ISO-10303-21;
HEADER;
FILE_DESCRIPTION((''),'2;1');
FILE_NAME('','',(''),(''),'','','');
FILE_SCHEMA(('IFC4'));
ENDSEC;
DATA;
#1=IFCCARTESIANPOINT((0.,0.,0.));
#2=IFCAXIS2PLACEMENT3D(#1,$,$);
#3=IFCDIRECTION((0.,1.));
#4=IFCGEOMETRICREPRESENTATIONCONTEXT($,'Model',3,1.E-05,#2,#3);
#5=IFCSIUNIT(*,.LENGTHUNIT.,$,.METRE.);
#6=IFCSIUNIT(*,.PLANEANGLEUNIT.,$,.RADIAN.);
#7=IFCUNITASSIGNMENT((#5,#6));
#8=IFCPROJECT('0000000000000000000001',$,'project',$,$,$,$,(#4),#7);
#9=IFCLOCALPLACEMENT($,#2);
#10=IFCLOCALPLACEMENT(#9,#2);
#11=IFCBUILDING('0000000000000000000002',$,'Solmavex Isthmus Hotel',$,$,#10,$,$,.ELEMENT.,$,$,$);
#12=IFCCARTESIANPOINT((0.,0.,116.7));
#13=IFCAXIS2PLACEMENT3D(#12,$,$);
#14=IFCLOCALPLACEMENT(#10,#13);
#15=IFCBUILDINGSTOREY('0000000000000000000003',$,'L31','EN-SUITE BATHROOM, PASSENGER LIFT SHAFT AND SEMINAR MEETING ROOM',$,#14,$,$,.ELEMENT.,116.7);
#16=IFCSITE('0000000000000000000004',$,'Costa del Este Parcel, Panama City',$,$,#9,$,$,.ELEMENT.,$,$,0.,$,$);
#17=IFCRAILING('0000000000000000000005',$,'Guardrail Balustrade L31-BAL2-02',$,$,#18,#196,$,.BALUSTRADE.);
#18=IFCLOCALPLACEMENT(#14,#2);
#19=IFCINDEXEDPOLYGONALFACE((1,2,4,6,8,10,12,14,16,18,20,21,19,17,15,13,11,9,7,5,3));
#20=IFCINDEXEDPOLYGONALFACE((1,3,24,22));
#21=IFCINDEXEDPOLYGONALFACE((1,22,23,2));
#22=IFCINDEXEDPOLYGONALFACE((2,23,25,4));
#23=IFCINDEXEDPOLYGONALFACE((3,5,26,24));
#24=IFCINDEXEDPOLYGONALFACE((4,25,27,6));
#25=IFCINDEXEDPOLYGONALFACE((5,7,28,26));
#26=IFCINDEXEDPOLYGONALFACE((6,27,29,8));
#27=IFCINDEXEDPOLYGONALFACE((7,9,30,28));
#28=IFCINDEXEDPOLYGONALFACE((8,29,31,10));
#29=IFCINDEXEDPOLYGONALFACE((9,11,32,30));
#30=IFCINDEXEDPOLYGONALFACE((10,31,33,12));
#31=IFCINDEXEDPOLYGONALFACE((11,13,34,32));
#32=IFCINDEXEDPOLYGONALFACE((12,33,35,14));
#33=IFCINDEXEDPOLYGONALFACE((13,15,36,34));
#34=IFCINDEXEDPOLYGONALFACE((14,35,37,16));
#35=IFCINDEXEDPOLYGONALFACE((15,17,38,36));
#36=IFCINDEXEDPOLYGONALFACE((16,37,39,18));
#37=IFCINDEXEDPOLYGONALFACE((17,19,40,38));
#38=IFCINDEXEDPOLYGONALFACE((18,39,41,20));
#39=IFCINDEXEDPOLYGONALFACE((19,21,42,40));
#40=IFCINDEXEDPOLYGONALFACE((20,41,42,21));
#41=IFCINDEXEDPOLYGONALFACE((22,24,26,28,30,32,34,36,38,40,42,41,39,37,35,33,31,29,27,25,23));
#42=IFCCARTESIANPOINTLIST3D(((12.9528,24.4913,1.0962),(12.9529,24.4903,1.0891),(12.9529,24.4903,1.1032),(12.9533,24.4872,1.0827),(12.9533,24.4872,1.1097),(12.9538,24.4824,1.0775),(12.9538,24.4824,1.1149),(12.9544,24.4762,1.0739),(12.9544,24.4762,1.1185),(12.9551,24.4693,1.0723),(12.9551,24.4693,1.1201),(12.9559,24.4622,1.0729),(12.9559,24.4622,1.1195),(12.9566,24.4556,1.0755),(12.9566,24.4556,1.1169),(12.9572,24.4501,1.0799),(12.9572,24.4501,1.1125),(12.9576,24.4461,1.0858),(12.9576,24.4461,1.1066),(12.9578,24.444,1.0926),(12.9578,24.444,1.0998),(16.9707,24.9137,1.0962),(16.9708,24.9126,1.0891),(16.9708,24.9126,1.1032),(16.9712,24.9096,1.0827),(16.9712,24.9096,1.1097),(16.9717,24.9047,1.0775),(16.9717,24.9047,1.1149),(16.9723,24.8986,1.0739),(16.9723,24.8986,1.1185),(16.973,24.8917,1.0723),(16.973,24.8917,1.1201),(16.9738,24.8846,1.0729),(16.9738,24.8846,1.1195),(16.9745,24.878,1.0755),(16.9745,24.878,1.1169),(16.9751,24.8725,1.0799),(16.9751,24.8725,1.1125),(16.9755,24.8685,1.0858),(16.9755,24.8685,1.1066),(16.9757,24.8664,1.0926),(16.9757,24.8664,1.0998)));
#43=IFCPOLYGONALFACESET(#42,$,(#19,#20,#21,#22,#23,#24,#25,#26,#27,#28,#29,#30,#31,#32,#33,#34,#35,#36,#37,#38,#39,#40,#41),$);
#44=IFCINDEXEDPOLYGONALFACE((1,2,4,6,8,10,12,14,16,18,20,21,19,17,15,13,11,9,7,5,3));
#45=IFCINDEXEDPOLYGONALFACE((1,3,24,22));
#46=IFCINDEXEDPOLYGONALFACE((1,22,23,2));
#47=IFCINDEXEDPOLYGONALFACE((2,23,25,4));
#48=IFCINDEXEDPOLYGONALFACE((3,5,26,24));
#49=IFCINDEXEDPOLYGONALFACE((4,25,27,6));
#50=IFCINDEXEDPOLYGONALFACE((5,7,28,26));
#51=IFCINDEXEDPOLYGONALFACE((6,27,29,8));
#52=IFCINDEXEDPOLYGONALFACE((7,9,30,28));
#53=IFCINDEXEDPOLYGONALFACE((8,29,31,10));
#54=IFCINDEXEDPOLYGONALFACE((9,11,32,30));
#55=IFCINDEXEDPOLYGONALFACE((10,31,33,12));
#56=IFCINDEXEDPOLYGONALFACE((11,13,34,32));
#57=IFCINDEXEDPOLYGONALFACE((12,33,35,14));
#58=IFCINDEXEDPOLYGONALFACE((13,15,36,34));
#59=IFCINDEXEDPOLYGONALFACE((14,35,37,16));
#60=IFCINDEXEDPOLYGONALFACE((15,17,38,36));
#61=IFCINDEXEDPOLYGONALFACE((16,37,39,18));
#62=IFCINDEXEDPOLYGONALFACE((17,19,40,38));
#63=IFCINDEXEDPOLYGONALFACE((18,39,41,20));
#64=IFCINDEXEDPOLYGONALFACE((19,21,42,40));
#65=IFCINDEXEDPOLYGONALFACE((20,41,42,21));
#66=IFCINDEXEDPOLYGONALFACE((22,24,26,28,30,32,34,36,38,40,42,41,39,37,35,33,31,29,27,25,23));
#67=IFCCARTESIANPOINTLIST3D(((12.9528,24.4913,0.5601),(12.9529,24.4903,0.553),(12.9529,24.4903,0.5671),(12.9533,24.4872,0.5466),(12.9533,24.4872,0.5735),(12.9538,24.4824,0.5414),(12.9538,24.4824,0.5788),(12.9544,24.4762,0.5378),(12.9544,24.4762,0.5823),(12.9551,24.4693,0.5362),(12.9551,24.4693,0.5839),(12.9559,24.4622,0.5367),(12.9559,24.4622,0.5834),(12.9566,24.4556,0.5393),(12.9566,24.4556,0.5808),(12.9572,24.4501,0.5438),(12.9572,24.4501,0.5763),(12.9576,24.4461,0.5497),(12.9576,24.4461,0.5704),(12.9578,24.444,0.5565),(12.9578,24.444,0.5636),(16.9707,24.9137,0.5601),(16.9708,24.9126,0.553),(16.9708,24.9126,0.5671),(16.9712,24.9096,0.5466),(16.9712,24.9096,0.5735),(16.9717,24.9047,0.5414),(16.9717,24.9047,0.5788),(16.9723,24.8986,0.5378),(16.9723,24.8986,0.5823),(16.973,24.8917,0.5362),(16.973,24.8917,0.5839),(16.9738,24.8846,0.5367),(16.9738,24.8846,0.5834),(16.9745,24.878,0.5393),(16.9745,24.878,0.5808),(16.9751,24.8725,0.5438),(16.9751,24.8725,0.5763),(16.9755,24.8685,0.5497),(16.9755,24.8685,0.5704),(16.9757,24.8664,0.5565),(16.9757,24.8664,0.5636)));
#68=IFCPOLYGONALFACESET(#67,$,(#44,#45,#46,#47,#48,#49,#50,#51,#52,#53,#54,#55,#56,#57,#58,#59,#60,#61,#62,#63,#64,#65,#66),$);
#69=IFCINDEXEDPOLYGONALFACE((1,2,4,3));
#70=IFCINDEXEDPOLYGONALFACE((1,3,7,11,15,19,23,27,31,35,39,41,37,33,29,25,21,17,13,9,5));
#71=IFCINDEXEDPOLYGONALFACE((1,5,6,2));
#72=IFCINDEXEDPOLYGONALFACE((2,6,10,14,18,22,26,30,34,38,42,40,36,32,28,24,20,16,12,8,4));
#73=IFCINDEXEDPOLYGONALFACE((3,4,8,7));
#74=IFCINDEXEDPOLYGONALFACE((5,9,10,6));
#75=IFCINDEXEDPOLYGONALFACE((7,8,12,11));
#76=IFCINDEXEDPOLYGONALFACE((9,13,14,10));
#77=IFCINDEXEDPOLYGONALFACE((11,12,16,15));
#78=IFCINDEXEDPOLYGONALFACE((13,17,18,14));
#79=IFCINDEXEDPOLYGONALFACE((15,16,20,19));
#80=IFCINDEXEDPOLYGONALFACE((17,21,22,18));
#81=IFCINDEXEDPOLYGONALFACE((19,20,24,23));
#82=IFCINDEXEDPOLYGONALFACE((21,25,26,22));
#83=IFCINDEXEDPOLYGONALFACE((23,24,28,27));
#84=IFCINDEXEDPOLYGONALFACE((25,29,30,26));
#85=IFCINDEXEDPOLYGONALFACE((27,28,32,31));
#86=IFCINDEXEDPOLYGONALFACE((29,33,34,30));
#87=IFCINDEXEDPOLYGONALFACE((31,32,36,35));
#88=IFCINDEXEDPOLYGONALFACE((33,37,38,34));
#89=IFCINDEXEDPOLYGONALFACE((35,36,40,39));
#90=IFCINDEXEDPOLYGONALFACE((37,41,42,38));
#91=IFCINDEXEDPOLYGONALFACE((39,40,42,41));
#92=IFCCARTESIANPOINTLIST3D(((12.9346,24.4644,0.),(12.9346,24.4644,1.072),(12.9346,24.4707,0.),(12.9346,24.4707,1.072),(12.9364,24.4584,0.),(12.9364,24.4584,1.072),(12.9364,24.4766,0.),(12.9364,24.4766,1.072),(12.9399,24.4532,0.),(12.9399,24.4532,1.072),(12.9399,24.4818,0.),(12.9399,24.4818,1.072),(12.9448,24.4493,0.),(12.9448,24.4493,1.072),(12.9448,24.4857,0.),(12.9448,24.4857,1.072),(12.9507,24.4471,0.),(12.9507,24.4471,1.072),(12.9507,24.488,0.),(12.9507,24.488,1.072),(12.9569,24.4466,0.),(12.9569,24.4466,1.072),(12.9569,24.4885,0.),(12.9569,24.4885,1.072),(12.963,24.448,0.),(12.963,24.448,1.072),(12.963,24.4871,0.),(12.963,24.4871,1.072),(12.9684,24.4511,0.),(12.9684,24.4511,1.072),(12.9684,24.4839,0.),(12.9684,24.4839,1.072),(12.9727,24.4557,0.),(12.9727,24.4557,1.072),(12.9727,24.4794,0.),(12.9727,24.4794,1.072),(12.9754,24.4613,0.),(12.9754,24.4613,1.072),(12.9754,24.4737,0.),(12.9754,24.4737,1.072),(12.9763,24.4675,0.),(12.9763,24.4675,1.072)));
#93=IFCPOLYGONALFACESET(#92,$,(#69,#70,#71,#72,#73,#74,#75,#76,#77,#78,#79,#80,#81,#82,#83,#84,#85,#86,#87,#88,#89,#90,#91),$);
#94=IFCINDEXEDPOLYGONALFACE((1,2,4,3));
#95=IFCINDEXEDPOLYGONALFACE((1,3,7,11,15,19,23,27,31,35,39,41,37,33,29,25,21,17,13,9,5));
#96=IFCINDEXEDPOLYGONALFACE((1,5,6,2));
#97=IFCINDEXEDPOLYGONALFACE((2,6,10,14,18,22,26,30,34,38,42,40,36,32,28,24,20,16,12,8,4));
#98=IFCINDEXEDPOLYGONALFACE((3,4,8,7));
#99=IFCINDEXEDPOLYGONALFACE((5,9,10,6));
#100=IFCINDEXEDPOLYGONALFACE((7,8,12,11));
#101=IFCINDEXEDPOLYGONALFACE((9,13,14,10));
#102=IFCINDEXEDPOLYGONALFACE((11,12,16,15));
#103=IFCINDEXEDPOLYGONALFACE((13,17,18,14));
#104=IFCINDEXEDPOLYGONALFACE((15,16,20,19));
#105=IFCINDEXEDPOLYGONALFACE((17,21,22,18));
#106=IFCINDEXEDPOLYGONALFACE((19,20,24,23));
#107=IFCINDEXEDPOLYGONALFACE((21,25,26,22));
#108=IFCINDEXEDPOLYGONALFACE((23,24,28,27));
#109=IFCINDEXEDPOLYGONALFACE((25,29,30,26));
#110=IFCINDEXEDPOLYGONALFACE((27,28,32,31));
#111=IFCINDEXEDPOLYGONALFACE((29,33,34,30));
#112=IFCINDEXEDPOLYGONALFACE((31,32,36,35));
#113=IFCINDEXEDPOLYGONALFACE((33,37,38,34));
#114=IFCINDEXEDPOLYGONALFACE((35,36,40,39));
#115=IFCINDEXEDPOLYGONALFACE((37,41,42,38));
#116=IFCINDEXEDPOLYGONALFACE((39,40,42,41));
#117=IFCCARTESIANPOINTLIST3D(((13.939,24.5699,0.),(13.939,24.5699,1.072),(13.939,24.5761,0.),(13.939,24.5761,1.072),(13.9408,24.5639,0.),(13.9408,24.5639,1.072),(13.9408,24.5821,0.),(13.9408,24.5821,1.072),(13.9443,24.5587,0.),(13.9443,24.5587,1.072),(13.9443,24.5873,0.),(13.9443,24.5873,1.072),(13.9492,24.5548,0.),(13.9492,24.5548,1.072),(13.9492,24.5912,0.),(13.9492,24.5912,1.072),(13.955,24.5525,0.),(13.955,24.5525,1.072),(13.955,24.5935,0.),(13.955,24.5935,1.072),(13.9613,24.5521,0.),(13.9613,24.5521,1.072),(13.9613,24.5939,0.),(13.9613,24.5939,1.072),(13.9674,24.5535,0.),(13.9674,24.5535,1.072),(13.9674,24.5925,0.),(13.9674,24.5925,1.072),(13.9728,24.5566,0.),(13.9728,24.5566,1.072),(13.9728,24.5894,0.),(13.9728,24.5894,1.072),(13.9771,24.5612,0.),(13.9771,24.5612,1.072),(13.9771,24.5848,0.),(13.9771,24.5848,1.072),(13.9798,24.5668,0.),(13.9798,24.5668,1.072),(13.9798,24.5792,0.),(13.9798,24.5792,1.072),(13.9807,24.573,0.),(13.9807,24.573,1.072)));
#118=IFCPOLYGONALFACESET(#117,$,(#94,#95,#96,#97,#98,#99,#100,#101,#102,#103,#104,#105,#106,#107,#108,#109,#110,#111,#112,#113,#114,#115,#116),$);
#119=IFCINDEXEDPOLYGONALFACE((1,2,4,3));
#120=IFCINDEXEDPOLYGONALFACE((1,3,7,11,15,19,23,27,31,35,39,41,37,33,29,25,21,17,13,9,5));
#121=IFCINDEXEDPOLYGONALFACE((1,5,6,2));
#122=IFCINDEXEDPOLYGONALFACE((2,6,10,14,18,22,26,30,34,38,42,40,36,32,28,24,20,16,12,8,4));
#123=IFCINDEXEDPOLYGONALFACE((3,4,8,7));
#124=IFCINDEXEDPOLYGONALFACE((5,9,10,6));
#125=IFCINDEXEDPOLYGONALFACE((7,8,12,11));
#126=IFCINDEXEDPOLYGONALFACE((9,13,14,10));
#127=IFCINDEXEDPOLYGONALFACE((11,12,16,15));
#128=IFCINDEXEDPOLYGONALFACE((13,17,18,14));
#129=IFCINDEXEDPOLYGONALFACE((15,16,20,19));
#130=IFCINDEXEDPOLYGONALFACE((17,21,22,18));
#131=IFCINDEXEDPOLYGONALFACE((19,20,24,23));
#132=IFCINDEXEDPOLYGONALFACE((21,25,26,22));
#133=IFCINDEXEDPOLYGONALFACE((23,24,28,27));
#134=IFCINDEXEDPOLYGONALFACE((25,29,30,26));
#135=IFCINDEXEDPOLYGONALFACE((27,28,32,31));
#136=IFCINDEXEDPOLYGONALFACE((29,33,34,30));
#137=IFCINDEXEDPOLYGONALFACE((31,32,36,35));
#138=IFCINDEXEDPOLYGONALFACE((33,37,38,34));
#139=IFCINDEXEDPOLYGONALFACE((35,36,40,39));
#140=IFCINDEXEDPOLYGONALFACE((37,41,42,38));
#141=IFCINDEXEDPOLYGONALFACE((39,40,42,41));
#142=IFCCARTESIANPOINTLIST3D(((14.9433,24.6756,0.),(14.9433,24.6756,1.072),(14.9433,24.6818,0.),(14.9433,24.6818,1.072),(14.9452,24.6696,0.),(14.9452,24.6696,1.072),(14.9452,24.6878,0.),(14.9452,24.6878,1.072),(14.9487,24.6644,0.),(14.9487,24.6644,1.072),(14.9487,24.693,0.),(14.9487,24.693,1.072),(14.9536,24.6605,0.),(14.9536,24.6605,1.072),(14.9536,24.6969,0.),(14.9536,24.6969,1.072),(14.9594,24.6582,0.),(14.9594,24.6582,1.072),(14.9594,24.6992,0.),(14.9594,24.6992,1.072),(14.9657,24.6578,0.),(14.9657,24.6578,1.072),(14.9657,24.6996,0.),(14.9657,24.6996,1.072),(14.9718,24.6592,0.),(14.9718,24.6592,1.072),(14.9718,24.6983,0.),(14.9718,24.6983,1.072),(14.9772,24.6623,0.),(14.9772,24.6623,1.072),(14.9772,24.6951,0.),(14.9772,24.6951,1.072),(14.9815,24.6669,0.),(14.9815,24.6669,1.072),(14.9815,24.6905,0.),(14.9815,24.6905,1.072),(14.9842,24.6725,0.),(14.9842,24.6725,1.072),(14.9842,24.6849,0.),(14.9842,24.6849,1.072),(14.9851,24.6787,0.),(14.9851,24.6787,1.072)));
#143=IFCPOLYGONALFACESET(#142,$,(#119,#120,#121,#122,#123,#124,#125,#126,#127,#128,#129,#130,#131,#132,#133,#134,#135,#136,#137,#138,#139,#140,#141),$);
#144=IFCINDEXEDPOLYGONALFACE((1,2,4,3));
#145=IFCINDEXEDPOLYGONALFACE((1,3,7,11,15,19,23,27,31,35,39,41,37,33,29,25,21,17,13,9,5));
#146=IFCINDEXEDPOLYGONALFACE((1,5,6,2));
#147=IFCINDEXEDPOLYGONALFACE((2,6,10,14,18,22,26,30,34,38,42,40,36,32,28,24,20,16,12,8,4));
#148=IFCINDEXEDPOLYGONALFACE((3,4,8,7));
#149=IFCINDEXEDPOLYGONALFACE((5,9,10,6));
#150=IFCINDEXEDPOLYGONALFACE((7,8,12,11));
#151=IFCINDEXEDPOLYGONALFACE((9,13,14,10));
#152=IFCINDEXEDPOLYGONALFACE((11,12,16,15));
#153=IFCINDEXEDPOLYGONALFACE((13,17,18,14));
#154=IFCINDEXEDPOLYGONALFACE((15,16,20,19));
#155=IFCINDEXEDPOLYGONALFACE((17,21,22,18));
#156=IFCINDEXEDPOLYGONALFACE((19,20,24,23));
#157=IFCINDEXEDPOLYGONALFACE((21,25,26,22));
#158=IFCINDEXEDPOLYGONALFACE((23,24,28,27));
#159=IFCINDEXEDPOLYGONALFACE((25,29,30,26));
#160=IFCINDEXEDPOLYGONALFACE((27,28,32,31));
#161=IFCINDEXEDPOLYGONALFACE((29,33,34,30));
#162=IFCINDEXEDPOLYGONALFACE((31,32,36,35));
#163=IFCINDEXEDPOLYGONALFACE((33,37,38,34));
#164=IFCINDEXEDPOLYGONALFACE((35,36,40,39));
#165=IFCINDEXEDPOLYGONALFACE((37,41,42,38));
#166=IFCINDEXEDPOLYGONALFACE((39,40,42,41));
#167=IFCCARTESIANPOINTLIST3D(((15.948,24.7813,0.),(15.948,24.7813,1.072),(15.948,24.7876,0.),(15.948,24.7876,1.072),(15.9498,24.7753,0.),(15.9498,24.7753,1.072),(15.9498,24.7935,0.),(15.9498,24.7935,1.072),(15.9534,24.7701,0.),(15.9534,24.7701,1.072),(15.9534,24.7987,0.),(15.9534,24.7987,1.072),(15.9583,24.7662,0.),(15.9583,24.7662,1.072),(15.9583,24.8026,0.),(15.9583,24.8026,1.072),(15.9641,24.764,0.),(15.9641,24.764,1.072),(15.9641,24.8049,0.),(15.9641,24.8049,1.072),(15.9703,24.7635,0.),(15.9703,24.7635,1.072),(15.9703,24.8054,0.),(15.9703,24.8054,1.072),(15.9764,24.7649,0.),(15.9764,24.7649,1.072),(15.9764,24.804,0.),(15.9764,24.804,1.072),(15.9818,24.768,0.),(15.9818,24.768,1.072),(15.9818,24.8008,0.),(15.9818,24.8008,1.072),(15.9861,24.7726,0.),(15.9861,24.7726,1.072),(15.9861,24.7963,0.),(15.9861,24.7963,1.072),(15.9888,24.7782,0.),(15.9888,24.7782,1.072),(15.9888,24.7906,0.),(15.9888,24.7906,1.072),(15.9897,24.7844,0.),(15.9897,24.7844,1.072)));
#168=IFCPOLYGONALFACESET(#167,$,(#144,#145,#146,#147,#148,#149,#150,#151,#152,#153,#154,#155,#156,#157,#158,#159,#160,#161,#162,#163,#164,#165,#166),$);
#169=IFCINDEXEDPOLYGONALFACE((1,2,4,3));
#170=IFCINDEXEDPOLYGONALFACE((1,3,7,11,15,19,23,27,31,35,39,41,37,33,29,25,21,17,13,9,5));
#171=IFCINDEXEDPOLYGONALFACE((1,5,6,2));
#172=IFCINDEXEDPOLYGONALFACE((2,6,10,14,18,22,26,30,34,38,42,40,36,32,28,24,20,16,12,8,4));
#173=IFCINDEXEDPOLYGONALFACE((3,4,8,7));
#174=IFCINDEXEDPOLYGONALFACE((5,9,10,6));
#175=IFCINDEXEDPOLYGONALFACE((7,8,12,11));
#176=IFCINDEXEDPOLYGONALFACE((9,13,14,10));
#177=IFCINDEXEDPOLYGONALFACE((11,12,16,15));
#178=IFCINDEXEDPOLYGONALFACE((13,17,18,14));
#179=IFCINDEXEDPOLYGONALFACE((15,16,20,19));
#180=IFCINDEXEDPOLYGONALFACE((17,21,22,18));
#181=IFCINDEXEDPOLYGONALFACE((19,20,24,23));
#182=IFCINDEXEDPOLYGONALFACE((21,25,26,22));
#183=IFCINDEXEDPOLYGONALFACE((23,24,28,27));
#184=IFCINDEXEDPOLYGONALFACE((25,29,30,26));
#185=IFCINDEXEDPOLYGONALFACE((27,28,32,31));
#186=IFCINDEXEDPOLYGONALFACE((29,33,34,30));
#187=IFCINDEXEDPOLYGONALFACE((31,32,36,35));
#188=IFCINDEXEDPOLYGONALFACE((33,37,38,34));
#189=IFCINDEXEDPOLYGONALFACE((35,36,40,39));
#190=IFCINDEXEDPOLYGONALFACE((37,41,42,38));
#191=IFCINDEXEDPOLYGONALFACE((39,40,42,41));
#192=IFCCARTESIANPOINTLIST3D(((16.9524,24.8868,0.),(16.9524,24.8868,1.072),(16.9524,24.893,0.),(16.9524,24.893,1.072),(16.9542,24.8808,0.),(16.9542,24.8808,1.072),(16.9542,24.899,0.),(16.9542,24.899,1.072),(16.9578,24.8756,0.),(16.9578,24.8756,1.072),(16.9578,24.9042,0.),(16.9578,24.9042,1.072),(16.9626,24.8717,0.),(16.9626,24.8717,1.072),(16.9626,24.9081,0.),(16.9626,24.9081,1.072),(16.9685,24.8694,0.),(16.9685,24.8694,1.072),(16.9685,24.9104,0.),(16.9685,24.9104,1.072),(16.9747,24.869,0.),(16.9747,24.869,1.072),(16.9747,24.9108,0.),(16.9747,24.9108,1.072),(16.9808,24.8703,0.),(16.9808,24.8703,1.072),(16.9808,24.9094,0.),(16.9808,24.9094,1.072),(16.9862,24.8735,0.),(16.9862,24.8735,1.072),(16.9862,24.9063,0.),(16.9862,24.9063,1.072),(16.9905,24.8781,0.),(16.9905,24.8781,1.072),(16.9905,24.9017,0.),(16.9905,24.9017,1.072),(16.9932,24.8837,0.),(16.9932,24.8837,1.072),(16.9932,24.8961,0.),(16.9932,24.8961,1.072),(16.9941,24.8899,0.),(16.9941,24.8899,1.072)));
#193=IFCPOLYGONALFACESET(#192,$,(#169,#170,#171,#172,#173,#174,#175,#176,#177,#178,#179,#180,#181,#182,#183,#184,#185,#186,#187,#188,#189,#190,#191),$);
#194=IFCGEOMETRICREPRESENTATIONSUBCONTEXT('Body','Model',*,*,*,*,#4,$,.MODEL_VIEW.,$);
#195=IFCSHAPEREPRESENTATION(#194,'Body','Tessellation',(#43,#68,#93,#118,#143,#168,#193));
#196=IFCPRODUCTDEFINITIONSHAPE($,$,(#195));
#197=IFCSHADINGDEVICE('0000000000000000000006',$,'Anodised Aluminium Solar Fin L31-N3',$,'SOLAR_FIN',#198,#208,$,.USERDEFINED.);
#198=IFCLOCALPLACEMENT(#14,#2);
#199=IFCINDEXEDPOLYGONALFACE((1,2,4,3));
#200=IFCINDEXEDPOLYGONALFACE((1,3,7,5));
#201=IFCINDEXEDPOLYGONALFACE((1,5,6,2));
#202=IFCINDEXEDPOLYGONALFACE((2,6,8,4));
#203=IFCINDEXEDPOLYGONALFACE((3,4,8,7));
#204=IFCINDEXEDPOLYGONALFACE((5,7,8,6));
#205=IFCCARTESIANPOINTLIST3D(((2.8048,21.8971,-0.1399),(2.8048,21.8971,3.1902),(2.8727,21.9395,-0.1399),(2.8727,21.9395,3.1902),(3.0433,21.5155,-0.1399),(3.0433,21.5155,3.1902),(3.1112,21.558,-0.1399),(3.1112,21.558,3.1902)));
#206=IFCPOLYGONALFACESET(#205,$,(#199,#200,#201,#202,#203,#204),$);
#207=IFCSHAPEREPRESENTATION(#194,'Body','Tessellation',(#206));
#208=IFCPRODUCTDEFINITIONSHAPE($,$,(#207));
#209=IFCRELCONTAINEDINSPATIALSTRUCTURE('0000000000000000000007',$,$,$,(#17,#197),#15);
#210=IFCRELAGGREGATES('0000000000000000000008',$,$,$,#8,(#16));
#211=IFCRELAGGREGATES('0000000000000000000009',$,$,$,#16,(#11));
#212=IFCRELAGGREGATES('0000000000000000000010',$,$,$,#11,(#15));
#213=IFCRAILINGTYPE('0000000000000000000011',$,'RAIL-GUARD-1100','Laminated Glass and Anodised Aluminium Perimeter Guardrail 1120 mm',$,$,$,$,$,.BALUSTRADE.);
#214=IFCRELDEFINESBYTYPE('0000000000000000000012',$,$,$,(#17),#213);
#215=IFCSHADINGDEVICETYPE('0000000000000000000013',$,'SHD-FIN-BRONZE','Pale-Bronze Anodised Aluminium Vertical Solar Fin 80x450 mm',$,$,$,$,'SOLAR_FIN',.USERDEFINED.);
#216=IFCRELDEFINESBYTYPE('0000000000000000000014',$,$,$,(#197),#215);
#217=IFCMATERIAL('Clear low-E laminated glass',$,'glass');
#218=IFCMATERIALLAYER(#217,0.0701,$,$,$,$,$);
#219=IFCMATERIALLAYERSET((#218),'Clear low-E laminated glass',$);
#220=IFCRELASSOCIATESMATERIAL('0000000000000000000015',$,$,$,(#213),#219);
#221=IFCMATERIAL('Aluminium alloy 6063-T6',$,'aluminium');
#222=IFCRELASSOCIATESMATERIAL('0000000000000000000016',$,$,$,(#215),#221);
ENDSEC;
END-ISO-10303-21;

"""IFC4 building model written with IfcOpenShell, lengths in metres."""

from ifc_helpers import new_model, si_unit, direction, frame, origin, origin_2d, place, context, subcontext, project, spatial, rectangle, circle, extrude, material, layer, layer_set, type_object, element, save


model = new_model("IFC4")

# Units and contexts
model_context = context("Model", 3, precision=1e-05, world=origin(), true_north=direction((0.0, 1.0)))
body_context = subcontext(model_context, "Body", "Model", "MODEL_VIEW")
ifc_project = project(units=[si_unit("LENGTHUNIT", "METRE"), si_unit("PLANEANGLEUNIT", "RADIAN")], contexts=[model_context])

# Site, building, storey
site_placement = place(None, origin())
site = spatial("IfcSite", under=ifc_project, at=site_placement, Name="Costa del Este Parcel, Panama City", CompositionType="ELEMENT", RefElevation=0.0)
building_placement = place(site_placement, origin())
building = spatial("IfcBuilding", under=site, at=building_placement, Name="Solmavex Isthmus Hotel", CompositionType="ELEMENT")
storey_placement = place(building_placement, frame((0.0, 0.0, 116.7)))
storey = spatial("IfcBuildingStorey", under=building, at=storey_placement, Name="L31", Description="EN-SUITE BATHROOM, PASSENGER LIFT SHAFT AND SEMINAR MEETING ROOM", CompositionType="ELEMENT", Elevation=116.7)

# Shared definitions
ifc_material_1 = material(Name="Aluminium alloy 6063-T6", Category="aluminium")
ifc_material_2 = material(Name="Clear low-E laminated glass", Category="glass")

# Railing
ifc_layer_1 = layer(ifc_material_2, 0.0701)
ifc_layer_set_1 = layer_set([ifc_layer_1], Name="Clear low-E laminated glass")
railing_type = type_object("IfcRailingType", Name="RAIL-GUARD-1100", Description="Laminated Glass and Anodised Aluminium Perimeter Guardrail 1120 mm", PredefinedType="BALUSTRADE", material=ifc_layer_set_1)
railing_1_placement = place(storey_placement, frame((12.9553, 24.4675, 0.0)))
element("IfcRailing", 1, at=railing_1_placement, inside=storey, type_object=railing_type, Name="Guardrail Balustrade L31-BAL2-02", PredefinedType="BALUSTRADE", context=body_context, shape_type="SweptSolid", body=[
    extrude(circle(Radius=0.0239, at=origin_2d()), frame((0.0, 0.0, 1.0962), z_axis=(0.99452, 0.104546, 0.0), x_axis=(-0.104546, 0.99452, 0.0)), (0.0, 0.0, 1.0), 4.04),
    extrude(circle(Radius=0.0239, at=origin_2d()), frame((0.0, 0.0, 0.5601), z_axis=(0.99452, 0.104546, 0.0), x_axis=(-0.104546, 0.99452, 0.0)), (0.0, 0.0, 1.0), 4.04),
    extrude(circle(Radius=0.021, at=origin_2d()), origin(), (0.0, 0.0, 1.0), 1.072),
    extrude(circle(Radius=0.021, at=origin_2d()), frame((1.0044, 0.1055, 0.0)), (0.0, 0.0, 1.0), 1.072),
    extrude(circle(Radius=0.021, at=origin_2d()), frame((2.0088, 0.2112, 0.0)), (0.0, 0.0, 1.0), 1.072),
    extrude(circle(Radius=0.021, at=origin_2d()), frame((3.0134, 0.3169, 0.0)), (0.0, 0.0, 1.0), 1.072),
    extrude(circle(Radius=0.021, at=origin_2d()), frame((4.0178, 0.4224, 0.0)), (0.0, 0.0, 1.0), 1.072),
])

# Shading device
shading_device_type = type_object("IfcShadingDeviceType", Name="SHD-FIN-BRONZE", Description="Pale-Bronze Anodised Aluminium Vertical Solar Fin 80x450 mm", ElementType="SOLAR_FIN", PredefinedType="USERDEFINED", material=ifc_material_1)
for number, where, z_axis, x_axis, name in (
    (2, (2.958, 21.7275, -0.1399), (0.0, 0.0, 1.0), (-0.529919, 0.848048, 0.0), "Anodised Aluminium Solar Fin L31-N3"),
):
    element("IfcShadingDevice", number, at=place(storey_placement, frame(where, z_axis=z_axis, x_axis=x_axis)), inside=storey, type_object=shading_device_type, Name=name, ObjectType="SOLAR_FIN", PredefinedType="USERDEFINED", context=body_context, shape_type="SweptSolid", body=[
        extrude(rectangle(XDim=0.45, YDim=0.0801, at=origin_2d()), origin(), (0.0, 0.0, 1.0), 3.3301),
    ])

save(model, "model.ifc")
